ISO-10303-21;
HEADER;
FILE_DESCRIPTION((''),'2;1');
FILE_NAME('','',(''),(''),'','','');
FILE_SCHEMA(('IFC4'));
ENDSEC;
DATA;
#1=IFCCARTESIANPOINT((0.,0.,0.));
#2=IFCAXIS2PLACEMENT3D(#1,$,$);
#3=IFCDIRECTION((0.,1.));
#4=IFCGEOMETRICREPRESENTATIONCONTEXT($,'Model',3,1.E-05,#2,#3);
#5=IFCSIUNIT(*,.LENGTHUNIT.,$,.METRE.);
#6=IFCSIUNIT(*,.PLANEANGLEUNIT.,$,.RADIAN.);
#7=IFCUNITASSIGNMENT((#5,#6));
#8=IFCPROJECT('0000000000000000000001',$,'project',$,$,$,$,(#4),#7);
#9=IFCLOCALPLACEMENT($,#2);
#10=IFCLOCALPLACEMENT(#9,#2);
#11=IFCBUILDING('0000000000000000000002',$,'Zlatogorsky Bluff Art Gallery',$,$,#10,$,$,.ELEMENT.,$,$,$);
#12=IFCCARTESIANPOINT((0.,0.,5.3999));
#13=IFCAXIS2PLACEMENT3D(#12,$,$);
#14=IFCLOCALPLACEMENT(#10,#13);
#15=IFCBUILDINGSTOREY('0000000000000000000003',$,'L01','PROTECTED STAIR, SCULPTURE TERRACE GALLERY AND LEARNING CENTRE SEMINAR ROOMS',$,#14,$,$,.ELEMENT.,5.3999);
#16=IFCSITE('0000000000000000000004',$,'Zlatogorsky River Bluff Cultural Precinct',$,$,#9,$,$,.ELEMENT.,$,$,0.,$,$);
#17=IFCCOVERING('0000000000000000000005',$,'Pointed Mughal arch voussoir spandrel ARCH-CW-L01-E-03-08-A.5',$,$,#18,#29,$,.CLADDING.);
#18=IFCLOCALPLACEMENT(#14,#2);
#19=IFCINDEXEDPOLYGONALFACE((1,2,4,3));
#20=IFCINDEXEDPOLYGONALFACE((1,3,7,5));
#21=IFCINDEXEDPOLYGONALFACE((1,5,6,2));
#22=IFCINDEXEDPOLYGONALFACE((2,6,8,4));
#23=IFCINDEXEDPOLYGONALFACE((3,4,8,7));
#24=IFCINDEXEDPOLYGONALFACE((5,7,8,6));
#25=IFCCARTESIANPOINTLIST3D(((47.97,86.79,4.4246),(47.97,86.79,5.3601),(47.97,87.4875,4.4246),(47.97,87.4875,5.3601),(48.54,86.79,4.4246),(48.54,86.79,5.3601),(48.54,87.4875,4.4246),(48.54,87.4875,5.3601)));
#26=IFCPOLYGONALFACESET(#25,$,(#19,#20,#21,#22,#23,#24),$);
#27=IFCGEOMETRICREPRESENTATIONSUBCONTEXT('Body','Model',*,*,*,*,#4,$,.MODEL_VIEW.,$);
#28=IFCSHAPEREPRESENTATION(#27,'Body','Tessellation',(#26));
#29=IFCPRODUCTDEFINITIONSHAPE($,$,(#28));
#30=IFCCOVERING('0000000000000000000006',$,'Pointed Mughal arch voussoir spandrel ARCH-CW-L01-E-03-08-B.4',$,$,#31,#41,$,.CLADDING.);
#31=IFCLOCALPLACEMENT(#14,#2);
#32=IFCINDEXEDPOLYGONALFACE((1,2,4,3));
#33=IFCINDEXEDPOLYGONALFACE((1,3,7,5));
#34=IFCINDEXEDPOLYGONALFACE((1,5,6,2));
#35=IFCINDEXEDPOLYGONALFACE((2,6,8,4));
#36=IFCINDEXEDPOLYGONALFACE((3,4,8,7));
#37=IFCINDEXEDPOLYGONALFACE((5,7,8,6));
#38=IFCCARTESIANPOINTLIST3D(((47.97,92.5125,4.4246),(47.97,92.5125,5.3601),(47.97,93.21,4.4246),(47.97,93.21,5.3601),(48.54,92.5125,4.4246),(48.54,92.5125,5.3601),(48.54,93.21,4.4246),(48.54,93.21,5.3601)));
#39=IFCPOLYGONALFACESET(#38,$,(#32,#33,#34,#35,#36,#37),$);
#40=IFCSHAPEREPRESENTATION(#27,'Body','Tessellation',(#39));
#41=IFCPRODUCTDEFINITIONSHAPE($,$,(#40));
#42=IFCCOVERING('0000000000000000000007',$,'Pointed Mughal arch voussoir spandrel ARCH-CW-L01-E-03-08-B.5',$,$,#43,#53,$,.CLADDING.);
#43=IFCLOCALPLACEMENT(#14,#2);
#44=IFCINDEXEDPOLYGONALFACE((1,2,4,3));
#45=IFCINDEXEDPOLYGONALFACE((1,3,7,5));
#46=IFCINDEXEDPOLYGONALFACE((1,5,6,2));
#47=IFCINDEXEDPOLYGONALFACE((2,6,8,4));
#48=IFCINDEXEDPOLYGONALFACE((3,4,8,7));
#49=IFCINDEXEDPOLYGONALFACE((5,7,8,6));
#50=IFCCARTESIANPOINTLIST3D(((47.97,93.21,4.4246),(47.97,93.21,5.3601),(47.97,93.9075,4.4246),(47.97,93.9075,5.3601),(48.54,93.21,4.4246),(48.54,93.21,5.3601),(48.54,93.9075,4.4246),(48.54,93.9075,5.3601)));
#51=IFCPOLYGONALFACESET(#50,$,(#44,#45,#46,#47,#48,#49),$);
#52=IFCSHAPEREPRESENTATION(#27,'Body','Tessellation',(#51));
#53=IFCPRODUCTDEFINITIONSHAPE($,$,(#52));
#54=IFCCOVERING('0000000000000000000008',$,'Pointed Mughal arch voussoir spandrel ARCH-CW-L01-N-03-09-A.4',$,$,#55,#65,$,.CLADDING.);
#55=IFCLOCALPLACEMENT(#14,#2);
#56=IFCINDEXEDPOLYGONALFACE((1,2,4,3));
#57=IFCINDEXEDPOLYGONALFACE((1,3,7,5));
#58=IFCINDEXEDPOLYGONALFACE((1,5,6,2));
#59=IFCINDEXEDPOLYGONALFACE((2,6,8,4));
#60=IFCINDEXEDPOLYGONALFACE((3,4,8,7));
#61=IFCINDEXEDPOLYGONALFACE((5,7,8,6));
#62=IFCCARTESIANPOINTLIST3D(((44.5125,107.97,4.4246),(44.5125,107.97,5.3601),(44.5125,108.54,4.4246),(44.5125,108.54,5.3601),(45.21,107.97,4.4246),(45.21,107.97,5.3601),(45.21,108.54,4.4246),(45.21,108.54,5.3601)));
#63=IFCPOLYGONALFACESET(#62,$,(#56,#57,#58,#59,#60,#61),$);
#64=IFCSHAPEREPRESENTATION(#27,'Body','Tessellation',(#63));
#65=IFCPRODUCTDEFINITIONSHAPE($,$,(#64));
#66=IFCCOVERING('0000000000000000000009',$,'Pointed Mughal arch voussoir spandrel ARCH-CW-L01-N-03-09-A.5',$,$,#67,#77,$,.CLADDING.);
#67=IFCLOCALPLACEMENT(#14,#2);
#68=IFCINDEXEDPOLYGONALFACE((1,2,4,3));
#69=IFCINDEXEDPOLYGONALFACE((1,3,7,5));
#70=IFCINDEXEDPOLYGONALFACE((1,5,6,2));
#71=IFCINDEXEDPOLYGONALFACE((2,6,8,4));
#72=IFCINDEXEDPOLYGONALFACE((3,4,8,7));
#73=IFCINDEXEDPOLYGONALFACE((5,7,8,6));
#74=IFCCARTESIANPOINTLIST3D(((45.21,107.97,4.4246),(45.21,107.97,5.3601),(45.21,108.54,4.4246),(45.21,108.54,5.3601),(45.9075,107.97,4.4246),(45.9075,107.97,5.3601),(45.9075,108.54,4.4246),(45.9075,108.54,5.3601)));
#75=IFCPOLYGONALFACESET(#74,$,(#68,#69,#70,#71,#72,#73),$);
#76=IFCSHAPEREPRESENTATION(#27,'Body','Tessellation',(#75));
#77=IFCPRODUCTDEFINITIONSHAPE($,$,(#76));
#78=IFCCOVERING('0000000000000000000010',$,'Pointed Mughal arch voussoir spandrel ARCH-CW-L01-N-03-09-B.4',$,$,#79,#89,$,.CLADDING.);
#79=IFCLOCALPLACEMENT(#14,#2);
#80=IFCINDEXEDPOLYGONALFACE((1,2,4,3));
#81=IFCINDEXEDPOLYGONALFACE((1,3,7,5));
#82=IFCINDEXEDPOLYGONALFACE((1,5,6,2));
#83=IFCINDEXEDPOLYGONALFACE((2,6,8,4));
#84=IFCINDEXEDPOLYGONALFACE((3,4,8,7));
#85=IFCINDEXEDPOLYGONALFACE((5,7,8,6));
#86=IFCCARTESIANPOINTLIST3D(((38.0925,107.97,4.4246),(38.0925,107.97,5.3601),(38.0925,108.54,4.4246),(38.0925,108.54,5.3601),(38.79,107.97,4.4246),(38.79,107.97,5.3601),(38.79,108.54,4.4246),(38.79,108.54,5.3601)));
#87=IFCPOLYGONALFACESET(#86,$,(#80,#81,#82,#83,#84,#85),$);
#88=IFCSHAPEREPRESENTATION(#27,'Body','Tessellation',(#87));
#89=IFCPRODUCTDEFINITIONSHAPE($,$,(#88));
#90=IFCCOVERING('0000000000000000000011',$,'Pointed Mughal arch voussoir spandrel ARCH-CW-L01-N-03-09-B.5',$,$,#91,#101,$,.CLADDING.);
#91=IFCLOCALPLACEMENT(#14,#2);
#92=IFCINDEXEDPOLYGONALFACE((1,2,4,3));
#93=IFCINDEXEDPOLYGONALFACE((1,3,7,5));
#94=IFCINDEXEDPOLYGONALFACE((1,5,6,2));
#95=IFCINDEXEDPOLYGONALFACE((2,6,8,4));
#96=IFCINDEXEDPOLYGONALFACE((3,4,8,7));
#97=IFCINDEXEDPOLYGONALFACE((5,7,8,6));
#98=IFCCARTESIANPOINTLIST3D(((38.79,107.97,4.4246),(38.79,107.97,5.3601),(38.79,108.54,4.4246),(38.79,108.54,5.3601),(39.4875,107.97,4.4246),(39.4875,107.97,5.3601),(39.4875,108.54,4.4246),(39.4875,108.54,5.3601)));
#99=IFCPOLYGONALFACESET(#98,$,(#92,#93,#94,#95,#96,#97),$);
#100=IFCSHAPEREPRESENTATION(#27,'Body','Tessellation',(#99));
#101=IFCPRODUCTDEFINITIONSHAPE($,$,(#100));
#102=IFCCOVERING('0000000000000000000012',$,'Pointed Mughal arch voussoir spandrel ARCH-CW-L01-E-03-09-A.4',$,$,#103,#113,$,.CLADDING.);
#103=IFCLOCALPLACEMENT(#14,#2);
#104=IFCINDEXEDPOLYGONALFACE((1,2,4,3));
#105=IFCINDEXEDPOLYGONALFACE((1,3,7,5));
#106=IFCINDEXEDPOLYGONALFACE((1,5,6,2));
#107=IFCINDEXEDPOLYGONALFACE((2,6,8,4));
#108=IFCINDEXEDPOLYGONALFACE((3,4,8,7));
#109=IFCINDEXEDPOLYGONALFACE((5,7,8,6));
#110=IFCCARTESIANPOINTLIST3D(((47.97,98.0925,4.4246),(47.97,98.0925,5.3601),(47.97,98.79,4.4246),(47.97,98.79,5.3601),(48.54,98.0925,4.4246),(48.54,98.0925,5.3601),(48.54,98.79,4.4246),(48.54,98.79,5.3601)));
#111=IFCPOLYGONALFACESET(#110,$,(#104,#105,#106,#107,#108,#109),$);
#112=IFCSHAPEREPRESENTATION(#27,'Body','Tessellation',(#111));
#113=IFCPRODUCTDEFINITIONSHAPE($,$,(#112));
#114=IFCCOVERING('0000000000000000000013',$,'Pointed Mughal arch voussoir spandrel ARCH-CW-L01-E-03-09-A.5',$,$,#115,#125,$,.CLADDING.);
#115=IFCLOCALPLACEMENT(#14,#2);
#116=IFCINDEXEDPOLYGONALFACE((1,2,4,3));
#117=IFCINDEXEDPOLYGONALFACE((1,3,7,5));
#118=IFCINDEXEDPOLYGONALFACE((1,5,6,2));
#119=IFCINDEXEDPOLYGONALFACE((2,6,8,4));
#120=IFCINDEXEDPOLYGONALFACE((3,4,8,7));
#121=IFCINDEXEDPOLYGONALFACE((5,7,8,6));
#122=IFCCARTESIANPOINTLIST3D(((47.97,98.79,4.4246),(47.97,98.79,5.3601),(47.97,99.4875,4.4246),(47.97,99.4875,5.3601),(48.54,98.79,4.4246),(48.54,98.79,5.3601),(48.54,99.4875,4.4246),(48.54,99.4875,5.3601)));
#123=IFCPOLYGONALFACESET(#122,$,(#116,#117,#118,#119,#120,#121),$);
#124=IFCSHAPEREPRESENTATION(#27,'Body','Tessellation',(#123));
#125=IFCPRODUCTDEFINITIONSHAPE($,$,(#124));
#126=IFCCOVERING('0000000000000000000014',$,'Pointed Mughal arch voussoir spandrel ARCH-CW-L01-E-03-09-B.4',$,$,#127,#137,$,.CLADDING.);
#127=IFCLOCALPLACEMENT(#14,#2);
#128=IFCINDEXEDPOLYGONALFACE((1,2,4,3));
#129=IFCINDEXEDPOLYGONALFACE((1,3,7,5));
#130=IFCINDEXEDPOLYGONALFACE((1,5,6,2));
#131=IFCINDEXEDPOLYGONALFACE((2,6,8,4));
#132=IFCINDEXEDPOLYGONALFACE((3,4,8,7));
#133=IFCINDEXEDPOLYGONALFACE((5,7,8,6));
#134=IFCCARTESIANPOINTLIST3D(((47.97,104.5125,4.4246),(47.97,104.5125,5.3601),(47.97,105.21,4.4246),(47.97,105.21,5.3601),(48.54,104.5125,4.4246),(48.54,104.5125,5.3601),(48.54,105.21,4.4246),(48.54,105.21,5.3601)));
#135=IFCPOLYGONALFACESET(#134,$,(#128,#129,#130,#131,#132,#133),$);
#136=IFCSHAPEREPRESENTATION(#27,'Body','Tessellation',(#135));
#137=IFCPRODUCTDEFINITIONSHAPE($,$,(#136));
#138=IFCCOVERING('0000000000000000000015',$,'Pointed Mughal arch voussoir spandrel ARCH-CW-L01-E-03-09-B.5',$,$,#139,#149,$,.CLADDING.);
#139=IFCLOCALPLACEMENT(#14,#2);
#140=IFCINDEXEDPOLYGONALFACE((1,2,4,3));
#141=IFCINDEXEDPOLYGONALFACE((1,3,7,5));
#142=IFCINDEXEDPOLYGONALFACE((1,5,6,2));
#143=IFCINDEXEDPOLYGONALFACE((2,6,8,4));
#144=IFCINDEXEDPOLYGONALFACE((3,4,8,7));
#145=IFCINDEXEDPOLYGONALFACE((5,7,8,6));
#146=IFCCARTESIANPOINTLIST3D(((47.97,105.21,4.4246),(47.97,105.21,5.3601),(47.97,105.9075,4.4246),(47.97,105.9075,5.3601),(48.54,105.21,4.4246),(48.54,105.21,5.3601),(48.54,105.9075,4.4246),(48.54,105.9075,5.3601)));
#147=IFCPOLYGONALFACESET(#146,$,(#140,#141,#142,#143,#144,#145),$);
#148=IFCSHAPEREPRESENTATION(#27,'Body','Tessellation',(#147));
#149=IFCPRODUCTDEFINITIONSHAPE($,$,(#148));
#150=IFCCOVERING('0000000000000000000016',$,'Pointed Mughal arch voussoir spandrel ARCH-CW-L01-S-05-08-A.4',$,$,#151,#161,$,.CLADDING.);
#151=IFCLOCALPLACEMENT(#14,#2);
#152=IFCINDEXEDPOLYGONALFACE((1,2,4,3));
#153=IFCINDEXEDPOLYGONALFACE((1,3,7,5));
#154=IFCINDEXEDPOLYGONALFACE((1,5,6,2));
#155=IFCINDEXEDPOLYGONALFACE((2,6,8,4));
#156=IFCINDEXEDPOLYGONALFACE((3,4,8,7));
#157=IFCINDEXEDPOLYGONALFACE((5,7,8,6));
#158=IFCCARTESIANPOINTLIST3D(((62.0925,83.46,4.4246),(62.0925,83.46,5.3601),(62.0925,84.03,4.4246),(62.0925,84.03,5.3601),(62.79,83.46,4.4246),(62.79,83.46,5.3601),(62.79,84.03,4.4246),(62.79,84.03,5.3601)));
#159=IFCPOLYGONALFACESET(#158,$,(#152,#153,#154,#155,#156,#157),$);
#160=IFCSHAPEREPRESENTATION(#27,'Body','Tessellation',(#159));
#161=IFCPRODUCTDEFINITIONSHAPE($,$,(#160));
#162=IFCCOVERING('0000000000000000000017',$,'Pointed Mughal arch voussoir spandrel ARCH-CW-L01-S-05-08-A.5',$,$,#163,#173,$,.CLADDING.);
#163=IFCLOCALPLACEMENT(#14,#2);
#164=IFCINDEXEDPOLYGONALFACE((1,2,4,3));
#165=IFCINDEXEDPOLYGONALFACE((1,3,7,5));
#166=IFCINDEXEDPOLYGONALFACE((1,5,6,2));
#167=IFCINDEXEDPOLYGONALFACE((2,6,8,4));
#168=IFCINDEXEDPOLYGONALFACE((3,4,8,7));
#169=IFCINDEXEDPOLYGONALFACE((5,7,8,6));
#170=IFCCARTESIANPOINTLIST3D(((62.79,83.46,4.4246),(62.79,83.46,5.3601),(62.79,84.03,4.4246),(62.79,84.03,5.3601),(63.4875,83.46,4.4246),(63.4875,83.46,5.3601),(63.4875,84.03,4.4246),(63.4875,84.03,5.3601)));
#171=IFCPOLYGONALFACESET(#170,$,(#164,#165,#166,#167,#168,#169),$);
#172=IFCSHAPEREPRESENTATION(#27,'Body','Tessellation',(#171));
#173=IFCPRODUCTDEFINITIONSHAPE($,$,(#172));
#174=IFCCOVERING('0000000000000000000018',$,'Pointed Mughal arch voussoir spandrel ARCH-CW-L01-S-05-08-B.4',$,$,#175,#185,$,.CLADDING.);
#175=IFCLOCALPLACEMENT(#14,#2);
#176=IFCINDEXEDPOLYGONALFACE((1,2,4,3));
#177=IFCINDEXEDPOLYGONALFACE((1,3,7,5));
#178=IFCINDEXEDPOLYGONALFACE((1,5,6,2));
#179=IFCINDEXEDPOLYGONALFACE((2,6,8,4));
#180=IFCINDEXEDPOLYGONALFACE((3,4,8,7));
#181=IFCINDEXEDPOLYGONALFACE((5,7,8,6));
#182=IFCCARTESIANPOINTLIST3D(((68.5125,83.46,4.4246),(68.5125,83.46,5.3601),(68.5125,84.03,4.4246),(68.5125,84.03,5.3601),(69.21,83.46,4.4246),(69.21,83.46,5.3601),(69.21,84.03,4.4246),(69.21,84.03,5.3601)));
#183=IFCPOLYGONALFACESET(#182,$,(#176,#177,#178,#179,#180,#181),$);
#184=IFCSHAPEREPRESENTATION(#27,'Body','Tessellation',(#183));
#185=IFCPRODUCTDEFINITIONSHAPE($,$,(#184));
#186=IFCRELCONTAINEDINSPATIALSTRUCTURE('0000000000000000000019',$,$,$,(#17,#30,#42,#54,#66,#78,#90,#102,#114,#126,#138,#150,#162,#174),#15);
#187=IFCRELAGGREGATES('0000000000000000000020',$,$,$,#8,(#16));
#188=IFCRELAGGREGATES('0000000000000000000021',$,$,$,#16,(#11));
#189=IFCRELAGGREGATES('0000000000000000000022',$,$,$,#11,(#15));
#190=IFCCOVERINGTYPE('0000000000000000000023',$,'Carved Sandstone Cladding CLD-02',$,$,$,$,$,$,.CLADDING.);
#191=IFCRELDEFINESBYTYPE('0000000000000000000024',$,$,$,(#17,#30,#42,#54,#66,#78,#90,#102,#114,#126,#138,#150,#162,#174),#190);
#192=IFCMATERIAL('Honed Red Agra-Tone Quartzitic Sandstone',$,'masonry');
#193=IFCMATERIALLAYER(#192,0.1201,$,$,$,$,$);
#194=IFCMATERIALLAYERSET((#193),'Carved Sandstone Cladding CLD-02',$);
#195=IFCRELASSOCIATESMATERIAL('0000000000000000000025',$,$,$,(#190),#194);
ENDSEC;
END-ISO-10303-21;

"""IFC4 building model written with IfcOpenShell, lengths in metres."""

from ifc_helpers import new_model, si_unit, direction, frame, origin, place, context, subcontext, project, spatial, polyline, outline, extrude, material, layer, layer_set, type_object, element, save


model = new_model("IFC4")

# Units and contexts
model_context = context("Model", 3, precision=1e-05, world=origin(), true_north=direction((0.0, 1.0)))
body_context = subcontext(model_context, "Body", "Model", "MODEL_VIEW")
ifc_project = project(units=[si_unit("LENGTHUNIT", "METRE"), si_unit("PLANEANGLEUNIT", "RADIAN")], contexts=[model_context])

# Site, building, storey
site_placement = place(None, origin())
site = spatial("IfcSite", under=ifc_project, at=site_placement, Name="Zlatogorsky River Bluff Cultural Precinct", CompositionType="ELEMENT", RefElevation=0.0)
building_placement = place(site_placement, origin())
building = spatial("IfcBuilding", under=site, at=building_placement, Name="Zlatogorsky Bluff Art Gallery", CompositionType="ELEMENT")
storey_placement = place(building_placement, frame((0.0, 0.0, 5.3999)))
storey = spatial("IfcBuildingStorey", under=building, at=storey_placement, Name="L01", Description="PROTECTED STAIR, SCULPTURE TERRACE GALLERY AND LEARNING CENTRE SEMINAR ROOMS", CompositionType="ELEMENT", Elevation=5.3999)

# Coverings
ifc_material = material(Name="Honed Red Agra-Tone Quartzitic Sandstone", Category="masonry")
ifc_layer = layer(ifc_material, 0.1201)
ifc_layer_set = layer_set([ifc_layer], Name="Carved Sandstone Cladding CLD-02")
covering_type = type_object("IfcCoveringType", Name="Carved Sandstone Cladding CLD-02", PredefinedType="CLADDING", material=ifc_layer_set)
covering_1_placement = place(storey_placement, frame((0.0, 0.0, 4.4246)))
element("IfcCovering", 1, at=covering_1_placement, inside=storey, type_object=covering_type, Name="Pointed Mughal arch voussoir spandrel ARCH-CW-L01-E-03-08-A.5", PredefinedType="CLADDING", context=body_context, shape_type="SweptSolid", body=[
    extrude(outline(polyline([(47.97, 86.79), (47.97, 87.4875), (48.54, 87.4875), (48.54, 86.79), (47.97, 86.79)])), origin(), (0.0, 0.0, 1.0), 0.9355),
])
covering_2_placement = place(storey_placement, frame((0.0, 0.0, 4.4246)))
element("IfcCovering", 2, at=covering_2_placement, inside=storey, type_object=covering_type, Name="Pointed Mughal arch voussoir spandrel ARCH-CW-L01-E-03-08-B.4", PredefinedType="CLADDING", context=body_context, shape_type="SweptSolid", body=[
    extrude(outline(polyline([(47.97, 92.5125), (47.97, 93.21), (48.54, 93.21), (48.54, 92.5125), (47.97, 92.5125)])), origin(), (0.0, 0.0, 1.0), 0.9355),
])
covering_3_placement = place(storey_placement, frame((0.0, 0.0, 4.4246)))
element("IfcCovering", 3, at=covering_3_placement, inside=storey, type_object=covering_type, Name="Pointed Mughal arch voussoir spandrel ARCH-CW-L01-E-03-08-B.5", PredefinedType="CLADDING", context=body_context, shape_type="SweptSolid", body=[
    extrude(outline(polyline([(47.97, 93.21), (47.97, 93.9075), (48.54, 93.9075), (48.54, 93.21), (47.97, 93.21)])), origin(), (0.0, 0.0, 1.0), 0.9355),
])
covering_4_placement = place(storey_placement, frame((0.0, 0.0, 4.4246)))
element("IfcCovering", 4, at=covering_4_placement, inside=storey, type_object=covering_type, Name="Pointed Mughal arch voussoir spandrel ARCH-CW-L01-N-03-09-A.4", PredefinedType="CLADDING", context=body_context, shape_type="SweptSolid", body=[
    extrude(outline(polyline([(44.5125, 107.97), (45.21, 107.97), (45.21, 108.54), (44.5125, 108.54), (44.5125, 107.97)])), origin(), (0.0, 0.0, 1.0), 0.9355),
])
covering_5_placement = place(storey_placement, frame((0.0, 0.0, 4.4246)))
element("IfcCovering", 5, at=covering_5_placement, inside=storey, type_object=covering_type, Name="Pointed Mughal arch voussoir spandrel ARCH-CW-L01-N-03-09-A.5", PredefinedType="CLADDING", context=body_context, shape_type="SweptSolid", body=[
    extrude(outline(polyline([(45.21, 107.97), (45.9075, 107.97), (45.9075, 108.54), (45.21, 108.54), (45.21, 107.97)])), origin(), (0.0, 0.0, 1.0), 0.9355),
])
covering_6_placement = place(storey_placement, frame((0.0, 0.0, 4.4246)))
element("IfcCovering", 6, at=covering_6_placement, inside=storey, type_object=covering_type, Name="Pointed Mughal arch voussoir spandrel ARCH-CW-L01-N-03-09-B.4", PredefinedType="CLADDING", context=body_context, shape_type="SweptSolid", body=[
    extrude(outline(polyline([(38.0925, 107.97), (38.79, 107.97), (38.79, 108.54), (38.0925, 108.54), (38.0925, 107.97)])), origin(), (0.0, 0.0, 1.0), 0.9355),
])
covering_7_placement = place(storey_placement, frame((0.0, 0.0, 4.4246)))
element("IfcCovering", 7, at=covering_7_placement, inside=storey, type_object=covering_type, Name="Pointed Mughal arch voussoir spandrel ARCH-CW-L01-N-03-09-B.5", PredefinedType="CLADDING", context=body_context, shape_type="SweptSolid", body=[
    extrude(outline(polyline([(38.79, 107.97), (39.4875, 107.97), (39.4875, 108.54), (38.79, 108.54), (38.79, 107.97)])), origin(), (0.0, 0.0, 1.0), 0.9355),
])
covering_8_placement = place(storey_placement, frame((0.0, 0.0, 4.4246)))
element("IfcCovering", 8, at=covering_8_placement, inside=storey, type_object=covering_type, Name="Pointed Mughal arch voussoir spandrel ARCH-CW-L01-E-03-09-A.4", PredefinedType="CLADDING", context=body_context, shape_type="SweptSolid", body=[
    extrude(outline(polyline([(47.97, 98.0925), (47.97, 98.79), (48.54, 98.79), (48.54, 98.0925), (47.97, 98.0925)])), origin(), (0.0, 0.0, 1.0), 0.9355),
])
covering_9_placement = place(storey_placement, frame((0.0, 0.0, 4.4246)))
element("IfcCovering", 9, at=covering_9_placement, inside=storey, type_object=covering_type, Name="Pointed Mughal arch voussoir spandrel ARCH-CW-L01-E-03-09-A.5", PredefinedType="CLADDING", context=body_context, shape_type="SweptSolid", body=[
    extrude(outline(polyline([(47.97, 98.79), (47.97, 99.4875), (48.54, 99.4875), (48.54, 98.79), (47.97, 98.79)])), origin(), (0.0, 0.0, 1.0), 0.9355),
])
covering_10_placement = place(storey_placement, frame((0.0, 0.0, 4.4246)))
element("IfcCovering", 10, at=covering_10_placement, inside=storey, type_object=covering_type, Name="Pointed Mughal arch voussoir spandrel ARCH-CW-L01-E-03-09-B.4", PredefinedType="CLADDING", context=body_context, shape_type="SweptSolid", body=[
    extrude(outline(polyline([(47.97, 104.5125), (47.97, 105.21), (48.54, 105.21), (48.54, 104.5125), (47.97, 104.5125)])), origin(), (0.0, 0.0, 1.0), 0.9355),
])
covering_11_placement = place(storey_placement, frame((0.0, 0.0, 4.4246)))
element("IfcCovering", 11, at=covering_11_placement, inside=storey, type_object=covering_type, Name="Pointed Mughal arch voussoir spandrel ARCH-CW-L01-E-03-09-B.5", PredefinedType="CLADDING", context=body_context, shape_type="SweptSolid", body=[
    extrude(outline(polyline([(47.97, 105.21), (47.97, 105.9075), (48.54, 105.9075), (48.54, 105.21), (47.97, 105.21)])), origin(), (0.0, 0.0, 1.0), 0.9355),
])
covering_12_placement = place(storey_placement, frame((0.0, 0.0, 4.4246)))
element("IfcCovering", 12, at=covering_12_placement, inside=storey, type_object=covering_type, Name="Pointed Mughal arch voussoir spandrel ARCH-CW-L01-S-05-08-A.4", PredefinedType="CLADDING", context=body_context, shape_type="SweptSolid", body=[
    extrude(outline(polyline([(62.0925, 83.46), (62.79, 83.46), (62.79, 84.03), (62.0925, 84.03), (62.0925, 83.46)])), origin(), (0.0, 0.0, 1.0), 0.9355),
])
covering_13_placement = place(storey_placement, frame((0.0, 0.0, 4.4246)))
element("IfcCovering", 13, at=covering_13_placement, inside=storey, type_object=covering_type, Name="Pointed Mughal arch voussoir spandrel ARCH-CW-L01-S-05-08-A.5", PredefinedType="CLADDING", context=body_context, shape_type="SweptSolid", body=[
    extrude(outline(polyline([(62.79, 83.46), (63.4875, 83.46), (63.4875, 84.03), (62.79, 84.03), (62.79, 83.46)])), origin(), (0.0, 0.0, 1.0), 0.9355),
])
covering_14_placement = place(storey_placement, frame((0.0, 0.0, 4.4246)))
element("IfcCovering", 14, at=covering_14_placement, inside=storey, type_object=covering_type, Name="Pointed Mughal arch voussoir spandrel ARCH-CW-L01-S-05-08-B.4", PredefinedType="CLADDING", context=body_context, shape_type="SweptSolid", body=[
    extrude(outline(polyline([(68.5125, 83.46), (69.21, 83.46), (69.21, 84.03), (68.5125, 84.03), (68.5125, 83.46)])), origin(), (0.0, 0.0, 1.0), 0.9355),
])

save(model, "model.ifc")
